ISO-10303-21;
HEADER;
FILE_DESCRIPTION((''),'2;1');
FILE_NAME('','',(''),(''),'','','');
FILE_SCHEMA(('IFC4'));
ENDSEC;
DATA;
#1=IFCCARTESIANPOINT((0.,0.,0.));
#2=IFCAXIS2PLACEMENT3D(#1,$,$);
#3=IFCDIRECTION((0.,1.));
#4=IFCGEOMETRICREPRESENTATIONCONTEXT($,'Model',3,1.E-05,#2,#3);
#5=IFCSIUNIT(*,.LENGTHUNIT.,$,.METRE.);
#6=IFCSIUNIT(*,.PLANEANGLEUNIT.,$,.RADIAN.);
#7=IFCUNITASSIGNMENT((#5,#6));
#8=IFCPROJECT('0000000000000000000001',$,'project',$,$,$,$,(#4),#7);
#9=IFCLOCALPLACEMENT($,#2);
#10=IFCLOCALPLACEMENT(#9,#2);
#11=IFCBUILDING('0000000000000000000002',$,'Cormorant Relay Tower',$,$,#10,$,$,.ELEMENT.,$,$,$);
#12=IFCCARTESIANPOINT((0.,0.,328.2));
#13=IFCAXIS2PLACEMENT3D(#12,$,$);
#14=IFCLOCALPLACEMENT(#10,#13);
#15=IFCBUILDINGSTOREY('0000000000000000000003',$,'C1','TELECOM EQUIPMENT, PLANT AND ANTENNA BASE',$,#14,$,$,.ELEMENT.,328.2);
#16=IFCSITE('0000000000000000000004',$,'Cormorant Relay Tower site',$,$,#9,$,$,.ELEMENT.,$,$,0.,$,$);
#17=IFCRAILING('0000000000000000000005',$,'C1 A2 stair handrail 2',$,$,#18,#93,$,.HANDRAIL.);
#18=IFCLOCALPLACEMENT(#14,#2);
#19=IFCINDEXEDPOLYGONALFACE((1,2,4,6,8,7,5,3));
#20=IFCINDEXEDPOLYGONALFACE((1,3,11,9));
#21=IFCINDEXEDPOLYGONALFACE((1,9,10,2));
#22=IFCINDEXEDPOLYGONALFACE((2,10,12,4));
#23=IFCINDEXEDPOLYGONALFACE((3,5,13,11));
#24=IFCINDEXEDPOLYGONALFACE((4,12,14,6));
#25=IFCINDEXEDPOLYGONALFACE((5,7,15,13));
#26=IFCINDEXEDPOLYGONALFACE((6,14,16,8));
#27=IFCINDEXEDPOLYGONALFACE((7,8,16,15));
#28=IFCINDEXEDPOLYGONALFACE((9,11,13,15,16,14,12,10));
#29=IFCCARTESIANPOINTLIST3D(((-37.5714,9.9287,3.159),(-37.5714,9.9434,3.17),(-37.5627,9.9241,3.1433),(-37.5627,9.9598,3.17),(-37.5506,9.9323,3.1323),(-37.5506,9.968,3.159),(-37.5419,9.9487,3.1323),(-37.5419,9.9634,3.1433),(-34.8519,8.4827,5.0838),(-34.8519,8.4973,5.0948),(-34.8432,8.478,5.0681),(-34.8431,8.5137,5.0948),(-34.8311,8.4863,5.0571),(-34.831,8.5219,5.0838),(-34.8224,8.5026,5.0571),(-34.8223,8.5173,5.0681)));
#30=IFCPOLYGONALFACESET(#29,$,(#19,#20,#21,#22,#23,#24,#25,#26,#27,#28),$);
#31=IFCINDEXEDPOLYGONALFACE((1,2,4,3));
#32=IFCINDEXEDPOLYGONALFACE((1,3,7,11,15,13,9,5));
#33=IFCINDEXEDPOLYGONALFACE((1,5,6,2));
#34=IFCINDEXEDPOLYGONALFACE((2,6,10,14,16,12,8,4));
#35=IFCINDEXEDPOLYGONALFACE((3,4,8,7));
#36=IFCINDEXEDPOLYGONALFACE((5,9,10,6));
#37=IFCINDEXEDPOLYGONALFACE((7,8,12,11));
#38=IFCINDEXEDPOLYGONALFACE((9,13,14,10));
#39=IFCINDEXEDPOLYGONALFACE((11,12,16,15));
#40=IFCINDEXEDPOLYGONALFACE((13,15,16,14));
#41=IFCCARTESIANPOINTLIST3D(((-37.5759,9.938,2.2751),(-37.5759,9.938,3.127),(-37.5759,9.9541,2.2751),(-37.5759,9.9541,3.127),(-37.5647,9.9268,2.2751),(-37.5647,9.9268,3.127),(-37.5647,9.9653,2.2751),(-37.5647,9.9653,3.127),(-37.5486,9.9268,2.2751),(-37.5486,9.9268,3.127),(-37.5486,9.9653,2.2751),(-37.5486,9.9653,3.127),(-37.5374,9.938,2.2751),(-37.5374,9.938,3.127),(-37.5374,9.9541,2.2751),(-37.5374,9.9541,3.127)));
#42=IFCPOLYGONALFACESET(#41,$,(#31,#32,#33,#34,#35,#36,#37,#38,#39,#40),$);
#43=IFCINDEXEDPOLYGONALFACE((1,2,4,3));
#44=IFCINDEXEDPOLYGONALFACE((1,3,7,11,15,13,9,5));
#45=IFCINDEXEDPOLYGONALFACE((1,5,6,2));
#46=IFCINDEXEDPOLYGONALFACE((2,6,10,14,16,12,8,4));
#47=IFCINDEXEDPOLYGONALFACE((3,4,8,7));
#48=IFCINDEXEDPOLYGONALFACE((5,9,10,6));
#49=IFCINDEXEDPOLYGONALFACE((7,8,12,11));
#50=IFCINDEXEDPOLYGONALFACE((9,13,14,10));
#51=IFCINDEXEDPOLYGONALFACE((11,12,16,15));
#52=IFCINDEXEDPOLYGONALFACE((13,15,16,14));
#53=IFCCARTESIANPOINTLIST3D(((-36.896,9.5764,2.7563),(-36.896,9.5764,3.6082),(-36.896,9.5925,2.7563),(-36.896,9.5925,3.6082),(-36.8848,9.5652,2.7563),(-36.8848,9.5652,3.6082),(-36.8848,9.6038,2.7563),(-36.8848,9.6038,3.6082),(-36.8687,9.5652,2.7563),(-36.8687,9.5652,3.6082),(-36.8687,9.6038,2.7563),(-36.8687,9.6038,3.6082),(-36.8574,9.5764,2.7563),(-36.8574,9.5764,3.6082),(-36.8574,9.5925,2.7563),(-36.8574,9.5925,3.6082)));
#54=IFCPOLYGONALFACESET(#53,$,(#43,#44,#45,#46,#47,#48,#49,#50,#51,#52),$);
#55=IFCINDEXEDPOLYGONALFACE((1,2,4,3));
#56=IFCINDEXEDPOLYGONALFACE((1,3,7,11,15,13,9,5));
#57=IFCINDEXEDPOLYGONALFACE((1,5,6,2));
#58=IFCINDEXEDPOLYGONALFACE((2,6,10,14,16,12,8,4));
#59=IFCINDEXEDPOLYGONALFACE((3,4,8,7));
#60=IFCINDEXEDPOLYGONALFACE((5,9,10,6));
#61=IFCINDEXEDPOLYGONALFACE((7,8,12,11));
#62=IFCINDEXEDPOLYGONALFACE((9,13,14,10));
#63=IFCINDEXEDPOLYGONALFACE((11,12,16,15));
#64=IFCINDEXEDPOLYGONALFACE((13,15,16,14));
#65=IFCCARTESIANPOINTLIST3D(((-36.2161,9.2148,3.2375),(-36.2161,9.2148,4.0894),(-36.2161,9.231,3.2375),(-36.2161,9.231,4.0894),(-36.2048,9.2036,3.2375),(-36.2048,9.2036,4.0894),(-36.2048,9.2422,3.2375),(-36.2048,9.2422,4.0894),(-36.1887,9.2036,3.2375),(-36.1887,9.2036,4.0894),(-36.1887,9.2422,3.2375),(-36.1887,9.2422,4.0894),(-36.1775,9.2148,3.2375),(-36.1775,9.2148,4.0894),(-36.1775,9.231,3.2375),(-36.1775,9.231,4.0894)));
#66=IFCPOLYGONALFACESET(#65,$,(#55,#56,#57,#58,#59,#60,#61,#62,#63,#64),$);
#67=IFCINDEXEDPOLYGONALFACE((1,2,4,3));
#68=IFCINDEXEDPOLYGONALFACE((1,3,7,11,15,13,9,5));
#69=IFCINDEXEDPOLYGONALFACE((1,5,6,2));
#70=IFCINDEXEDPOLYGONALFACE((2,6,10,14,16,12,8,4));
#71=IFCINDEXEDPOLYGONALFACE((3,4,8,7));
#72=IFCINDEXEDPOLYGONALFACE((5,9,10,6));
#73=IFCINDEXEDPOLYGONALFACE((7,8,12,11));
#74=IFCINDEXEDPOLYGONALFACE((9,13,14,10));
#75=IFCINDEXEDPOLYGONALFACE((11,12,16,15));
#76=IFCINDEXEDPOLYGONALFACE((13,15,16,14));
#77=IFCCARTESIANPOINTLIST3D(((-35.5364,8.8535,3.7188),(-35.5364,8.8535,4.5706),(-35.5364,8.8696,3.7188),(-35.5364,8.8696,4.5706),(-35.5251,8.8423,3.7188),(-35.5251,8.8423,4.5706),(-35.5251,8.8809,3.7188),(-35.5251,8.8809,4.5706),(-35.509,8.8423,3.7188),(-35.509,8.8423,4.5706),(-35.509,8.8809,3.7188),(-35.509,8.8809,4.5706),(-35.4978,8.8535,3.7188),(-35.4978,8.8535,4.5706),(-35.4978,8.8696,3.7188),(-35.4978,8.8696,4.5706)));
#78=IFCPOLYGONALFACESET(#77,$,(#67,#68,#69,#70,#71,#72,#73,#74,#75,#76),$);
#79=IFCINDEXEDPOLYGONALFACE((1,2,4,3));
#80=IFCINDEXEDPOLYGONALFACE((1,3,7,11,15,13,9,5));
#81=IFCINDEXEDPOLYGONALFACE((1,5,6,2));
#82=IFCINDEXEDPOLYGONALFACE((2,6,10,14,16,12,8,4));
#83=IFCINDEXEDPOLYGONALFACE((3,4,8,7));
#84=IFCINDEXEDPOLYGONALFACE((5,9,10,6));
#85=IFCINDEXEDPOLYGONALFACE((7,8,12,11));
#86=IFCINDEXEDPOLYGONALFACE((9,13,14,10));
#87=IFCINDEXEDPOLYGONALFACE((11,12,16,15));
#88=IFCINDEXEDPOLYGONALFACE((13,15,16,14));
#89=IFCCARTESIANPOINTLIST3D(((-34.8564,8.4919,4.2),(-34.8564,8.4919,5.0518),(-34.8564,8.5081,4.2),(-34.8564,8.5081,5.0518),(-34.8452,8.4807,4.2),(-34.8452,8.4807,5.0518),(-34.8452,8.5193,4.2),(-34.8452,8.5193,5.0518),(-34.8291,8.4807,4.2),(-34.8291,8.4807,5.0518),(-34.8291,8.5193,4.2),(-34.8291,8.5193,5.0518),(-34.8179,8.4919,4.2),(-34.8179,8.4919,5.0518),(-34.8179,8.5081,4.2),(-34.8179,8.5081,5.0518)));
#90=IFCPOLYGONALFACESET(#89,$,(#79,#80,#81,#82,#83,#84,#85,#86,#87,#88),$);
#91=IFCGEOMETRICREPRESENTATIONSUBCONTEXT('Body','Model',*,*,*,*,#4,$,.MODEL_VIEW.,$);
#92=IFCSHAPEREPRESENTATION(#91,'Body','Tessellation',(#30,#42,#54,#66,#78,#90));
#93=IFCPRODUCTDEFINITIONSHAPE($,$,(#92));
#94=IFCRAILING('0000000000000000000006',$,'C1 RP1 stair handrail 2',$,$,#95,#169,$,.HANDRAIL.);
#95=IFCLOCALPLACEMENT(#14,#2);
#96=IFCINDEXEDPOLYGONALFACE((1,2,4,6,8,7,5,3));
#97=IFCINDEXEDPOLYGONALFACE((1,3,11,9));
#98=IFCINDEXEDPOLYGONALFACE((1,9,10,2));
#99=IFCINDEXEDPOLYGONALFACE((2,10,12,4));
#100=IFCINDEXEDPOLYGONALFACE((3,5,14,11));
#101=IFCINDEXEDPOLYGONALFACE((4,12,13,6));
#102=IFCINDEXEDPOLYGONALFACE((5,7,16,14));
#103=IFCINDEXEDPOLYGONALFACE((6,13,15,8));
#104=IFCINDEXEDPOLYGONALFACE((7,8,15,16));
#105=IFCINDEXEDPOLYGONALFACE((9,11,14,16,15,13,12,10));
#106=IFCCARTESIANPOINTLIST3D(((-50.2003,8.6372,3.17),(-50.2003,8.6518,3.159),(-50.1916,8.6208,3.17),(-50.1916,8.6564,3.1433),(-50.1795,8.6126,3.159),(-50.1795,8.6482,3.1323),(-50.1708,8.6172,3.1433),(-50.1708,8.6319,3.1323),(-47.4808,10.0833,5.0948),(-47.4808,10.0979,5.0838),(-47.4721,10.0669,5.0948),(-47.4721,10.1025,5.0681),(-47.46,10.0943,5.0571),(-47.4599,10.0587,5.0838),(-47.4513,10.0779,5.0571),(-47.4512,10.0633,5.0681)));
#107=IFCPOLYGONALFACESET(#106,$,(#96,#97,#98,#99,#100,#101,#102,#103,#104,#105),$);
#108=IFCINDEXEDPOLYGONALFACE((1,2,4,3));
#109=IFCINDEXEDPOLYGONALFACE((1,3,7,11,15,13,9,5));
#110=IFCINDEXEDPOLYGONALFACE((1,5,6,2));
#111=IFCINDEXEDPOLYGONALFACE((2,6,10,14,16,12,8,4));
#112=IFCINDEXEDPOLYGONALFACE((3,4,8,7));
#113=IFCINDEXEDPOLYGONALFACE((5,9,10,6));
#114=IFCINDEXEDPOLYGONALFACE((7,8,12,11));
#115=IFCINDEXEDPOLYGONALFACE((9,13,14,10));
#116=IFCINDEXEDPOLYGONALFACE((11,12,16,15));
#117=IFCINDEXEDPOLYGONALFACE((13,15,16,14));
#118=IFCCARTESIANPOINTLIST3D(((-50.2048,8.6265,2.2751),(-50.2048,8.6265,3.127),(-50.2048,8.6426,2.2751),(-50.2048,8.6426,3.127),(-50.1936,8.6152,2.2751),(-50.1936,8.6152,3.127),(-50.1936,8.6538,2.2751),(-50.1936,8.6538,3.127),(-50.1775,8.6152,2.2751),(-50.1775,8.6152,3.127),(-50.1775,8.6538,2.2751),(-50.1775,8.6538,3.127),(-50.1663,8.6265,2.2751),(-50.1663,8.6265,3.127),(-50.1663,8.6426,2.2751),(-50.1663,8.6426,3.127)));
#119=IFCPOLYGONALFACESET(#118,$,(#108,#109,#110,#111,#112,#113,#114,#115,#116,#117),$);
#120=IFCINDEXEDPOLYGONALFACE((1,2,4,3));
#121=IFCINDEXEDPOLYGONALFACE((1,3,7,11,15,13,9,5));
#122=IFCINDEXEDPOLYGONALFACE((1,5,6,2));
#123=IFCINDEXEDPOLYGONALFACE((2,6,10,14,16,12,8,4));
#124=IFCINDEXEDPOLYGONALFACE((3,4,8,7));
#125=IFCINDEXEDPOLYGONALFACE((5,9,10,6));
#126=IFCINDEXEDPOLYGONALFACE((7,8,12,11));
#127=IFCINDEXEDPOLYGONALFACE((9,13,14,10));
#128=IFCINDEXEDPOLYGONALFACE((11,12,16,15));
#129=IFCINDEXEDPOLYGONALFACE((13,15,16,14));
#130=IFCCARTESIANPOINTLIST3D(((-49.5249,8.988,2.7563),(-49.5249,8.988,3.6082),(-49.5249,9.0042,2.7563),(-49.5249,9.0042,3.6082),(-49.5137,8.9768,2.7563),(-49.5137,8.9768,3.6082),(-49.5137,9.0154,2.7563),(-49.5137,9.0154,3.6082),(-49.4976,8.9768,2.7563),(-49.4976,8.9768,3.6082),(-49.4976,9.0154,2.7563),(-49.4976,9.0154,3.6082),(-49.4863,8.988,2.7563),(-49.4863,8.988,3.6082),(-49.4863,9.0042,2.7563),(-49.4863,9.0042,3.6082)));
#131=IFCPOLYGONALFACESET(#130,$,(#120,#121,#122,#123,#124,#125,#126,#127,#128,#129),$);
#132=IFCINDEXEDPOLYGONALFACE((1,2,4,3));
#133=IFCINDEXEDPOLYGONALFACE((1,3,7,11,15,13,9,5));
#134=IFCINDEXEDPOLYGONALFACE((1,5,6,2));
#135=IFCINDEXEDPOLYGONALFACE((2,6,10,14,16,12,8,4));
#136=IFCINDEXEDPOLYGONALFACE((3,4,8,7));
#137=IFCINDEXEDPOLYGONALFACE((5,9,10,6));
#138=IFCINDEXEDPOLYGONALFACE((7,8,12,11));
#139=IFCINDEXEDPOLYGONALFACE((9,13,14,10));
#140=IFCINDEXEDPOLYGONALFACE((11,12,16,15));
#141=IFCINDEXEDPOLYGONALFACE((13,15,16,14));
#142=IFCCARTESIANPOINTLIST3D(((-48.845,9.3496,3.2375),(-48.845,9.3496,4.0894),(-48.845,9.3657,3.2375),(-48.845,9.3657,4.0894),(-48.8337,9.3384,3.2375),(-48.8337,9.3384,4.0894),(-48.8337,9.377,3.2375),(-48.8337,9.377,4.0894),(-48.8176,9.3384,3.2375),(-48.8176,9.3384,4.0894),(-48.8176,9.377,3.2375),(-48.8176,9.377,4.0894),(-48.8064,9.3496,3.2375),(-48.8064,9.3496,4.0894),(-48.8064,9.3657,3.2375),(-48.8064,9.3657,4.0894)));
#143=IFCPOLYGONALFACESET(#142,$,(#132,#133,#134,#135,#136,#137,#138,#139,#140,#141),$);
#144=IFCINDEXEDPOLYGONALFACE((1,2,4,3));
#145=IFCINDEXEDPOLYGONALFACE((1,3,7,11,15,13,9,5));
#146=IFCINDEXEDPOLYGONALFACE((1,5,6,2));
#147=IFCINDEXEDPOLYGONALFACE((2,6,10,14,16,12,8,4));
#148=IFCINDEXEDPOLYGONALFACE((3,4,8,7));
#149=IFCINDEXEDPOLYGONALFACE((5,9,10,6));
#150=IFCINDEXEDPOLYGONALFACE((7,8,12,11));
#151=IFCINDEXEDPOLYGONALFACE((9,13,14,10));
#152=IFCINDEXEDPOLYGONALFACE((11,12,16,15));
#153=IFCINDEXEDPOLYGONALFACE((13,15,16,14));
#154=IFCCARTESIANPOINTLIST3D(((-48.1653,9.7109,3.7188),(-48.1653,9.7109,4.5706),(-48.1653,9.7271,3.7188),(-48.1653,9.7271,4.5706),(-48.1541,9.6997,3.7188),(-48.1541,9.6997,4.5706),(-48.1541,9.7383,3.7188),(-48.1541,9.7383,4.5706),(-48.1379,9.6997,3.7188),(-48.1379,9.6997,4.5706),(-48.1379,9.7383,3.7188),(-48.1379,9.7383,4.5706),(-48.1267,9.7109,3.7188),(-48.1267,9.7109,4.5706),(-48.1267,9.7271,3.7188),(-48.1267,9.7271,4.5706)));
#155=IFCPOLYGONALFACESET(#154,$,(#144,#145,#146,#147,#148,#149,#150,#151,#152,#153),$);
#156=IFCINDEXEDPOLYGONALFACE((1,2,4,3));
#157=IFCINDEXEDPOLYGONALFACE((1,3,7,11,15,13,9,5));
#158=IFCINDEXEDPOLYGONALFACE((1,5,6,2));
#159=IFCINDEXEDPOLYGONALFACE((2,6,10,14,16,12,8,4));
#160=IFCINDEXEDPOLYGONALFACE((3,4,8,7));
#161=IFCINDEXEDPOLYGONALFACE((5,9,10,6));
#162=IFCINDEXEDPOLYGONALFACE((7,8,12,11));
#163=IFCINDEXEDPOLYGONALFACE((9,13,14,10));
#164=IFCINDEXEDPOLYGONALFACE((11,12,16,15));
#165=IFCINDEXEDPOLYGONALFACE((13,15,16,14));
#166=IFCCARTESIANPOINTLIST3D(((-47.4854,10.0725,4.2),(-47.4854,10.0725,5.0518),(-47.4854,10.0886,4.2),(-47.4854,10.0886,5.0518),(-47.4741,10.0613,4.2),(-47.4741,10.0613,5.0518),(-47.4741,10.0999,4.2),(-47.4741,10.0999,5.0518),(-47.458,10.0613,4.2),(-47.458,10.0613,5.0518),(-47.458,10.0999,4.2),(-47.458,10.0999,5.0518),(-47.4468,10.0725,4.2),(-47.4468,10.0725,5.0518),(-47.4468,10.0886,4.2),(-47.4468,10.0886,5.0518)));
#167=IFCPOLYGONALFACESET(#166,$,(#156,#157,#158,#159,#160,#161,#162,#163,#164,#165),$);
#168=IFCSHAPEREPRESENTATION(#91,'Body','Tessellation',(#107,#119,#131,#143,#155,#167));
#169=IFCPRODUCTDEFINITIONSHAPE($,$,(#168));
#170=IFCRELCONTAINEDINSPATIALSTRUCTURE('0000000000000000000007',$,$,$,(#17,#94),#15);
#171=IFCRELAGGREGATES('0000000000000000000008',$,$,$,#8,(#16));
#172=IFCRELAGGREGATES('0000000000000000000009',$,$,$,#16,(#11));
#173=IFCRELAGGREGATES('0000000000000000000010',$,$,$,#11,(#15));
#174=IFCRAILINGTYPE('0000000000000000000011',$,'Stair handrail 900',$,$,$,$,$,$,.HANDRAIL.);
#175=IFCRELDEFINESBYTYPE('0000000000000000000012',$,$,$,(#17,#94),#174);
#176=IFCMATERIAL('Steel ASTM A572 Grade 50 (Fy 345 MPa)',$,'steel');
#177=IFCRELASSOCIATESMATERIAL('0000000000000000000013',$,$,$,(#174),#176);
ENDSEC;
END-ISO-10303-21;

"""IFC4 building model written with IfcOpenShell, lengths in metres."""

from ifc_helpers import new_model, si_unit, direction, frame, origin, place, context, subcontext, project, spatial, polyline, outline, extrude, material, type_object, element, save


model = new_model("IFC4")

# Units and contexts
model_context = context("Model", 3, precision=1e-05, world=origin(), true_north=direction((0.0, 1.0)))
body_context = subcontext(model_context, "Body", "Model", "MODEL_VIEW")
ifc_project = project(units=[si_unit("LENGTHUNIT", "METRE"), si_unit("PLANEANGLEUNIT", "RADIAN")], contexts=[model_context])

# Site, building, storey
site_placement = place(None, origin())
site = spatial("IfcSite", under=ifc_project, at=site_placement, Name="Cormorant Relay Tower site", CompositionType="ELEMENT", RefElevation=0.0)
building_placement = place(site_placement, origin())
building = spatial("IfcBuilding", under=site, at=building_placement, Name="Cormorant Relay Tower", CompositionType="ELEMENT")
storey_placement = place(building_placement, frame((0.0, 0.0, 328.2)))
storey = spatial("IfcBuildingStorey", under=building, at=storey_placement, Name="C1", Description="TELECOM EQUIPMENT, PLANT AND ANTENNA BASE", CompositionType="ELEMENT", Elevation=328.2)

# Railings
ifc_material_1 = material(Name="Steel ASTM A572 Grade 50 (Fy 345 MPa)", Category="steel")
railing_type_1 = type_object("IfcRailingType", Name="Stair handrail 900", PredefinedType="HANDRAIL", material=ifc_material_1)
railing_1_placement = place(storey_placement, frame((-37.5566, 9.946, 2.2751)))
element("IfcRailing", 1, at=railing_1_placement, inside=storey, type_object=railing_type_1, Name="C1 A2 stair handrail 2", PredefinedType="HANDRAIL", context=body_context, shape_type="SweptSolid", body=[
    extrude(outline(polyline([(0.0222, 0.0093), (0.0093, 0.0222), (-0.0093, 0.0222), (-0.0222, 0.0093), (-0.0222, -0.0093), (-0.0093, -0.0222), (0.0093, -0.0222), (0.0222, -0.0093), (0.0222, 0.0093)])), frame((0.0, 0.0, 0.876), z_axis=(0.748754, -0.398139, 0.529956), x_axis=(0.469489, 0.882938, 0.0)), (0.0, 0.0, 1.0), 3.6321),
    extrude(outline(polyline([(0.0193, 0.0081), (0.0081, 0.0193), (-0.0081, 0.0193), (-0.0193, 0.0081), (-0.0193, -0.0081), (-0.0081, -0.0193), (0.0081, -0.0193), (0.0193, -0.0081), (0.0193, 0.0081)])), origin(), (0.0, 0.0, 1.0), 0.8518),
    extrude(outline(polyline([(0.0193, 0.0081), (0.0081, 0.0193), (-0.0081, 0.0193), (-0.0193, 0.0081), (-0.0193, -0.0081), (-0.0081, -0.0193), (0.0081, -0.0193), (0.0193, -0.0081), (0.0193, 0.0081)])), frame((0.6799, -0.3616, 0.4812)), (0.0, 0.0, 1.0), 0.8518),
    extrude(outline(polyline([(0.0193, 0.0081), (0.0081, 0.0193), (-0.0081, 0.0193), (-0.0193, 0.0081), (-0.0193, -0.0081), (-0.0081, -0.0193), (0.0081, -0.0193), (0.0193, -0.0081), (0.0193, 0.0081)])), frame((1.3599, -0.7231, 0.9624)), (0.0, 0.0, 1.0), 0.8518),
    extrude(outline(polyline([(0.0193, 0.0081), (0.0081, 0.0193), (-0.0081, 0.0193), (-0.0193, 0.0081), (-0.0193, -0.0081), (-0.0081, -0.0193), (0.0081, -0.0193), (0.0193, -0.0081), (0.0193, 0.0081)])), frame((2.0396, -1.0845, 1.4436)), (0.0, 0.0, 1.0), 0.8518),
    extrude(outline(polyline([(0.0193, 0.0081), (0.0081, 0.0193), (-0.0081, 0.0193), (-0.0193, 0.0081), (-0.0193, -0.0081), (-0.0081, -0.0193), (0.0081, -0.0193), (0.0193, -0.0081), (0.0193, 0.0081)])), frame((2.7195, -1.446, 1.9248)), (0.0, 0.0, 1.0), 0.8518),
])
railing_2_placement = place(storey_placement, frame((-50.1855, 8.6345, 2.2751)))
element("IfcRailing", 2, at=railing_2_placement, inside=storey, type_object=railing_type_1, Name="C1 RP1 stair handrail 2", PredefinedType="HANDRAIL", context=body_context, shape_type="SweptSolid", body=[
    extrude(outline(polyline([(0.0222, 0.0093), (0.0093, 0.0222), (-0.0093, 0.0222), (-0.0222, 0.0093), (-0.0222, -0.0093), (-0.0093, -0.0222), (0.0093, -0.0222), (0.0222, -0.0093), (0.0222, 0.0093)])), frame((0.0, 0.0, 0.876), z_axis=(0.748754, 0.398139, 0.529956), x_axis=(-0.469489, 0.882938, 0.0)), (0.0, 0.0, 1.0), 3.6321),
    extrude(outline(polyline([(0.0193, 0.0081), (0.0081, 0.0193), (-0.0081, 0.0193), (-0.0193, 0.0081), (-0.0193, -0.0081), (-0.0081, -0.0193), (0.0081, -0.0193), (0.0193, -0.0081), (0.0193, 0.0081)])), origin(), (0.0, 0.0, 1.0), 0.8518),
    extrude(outline(polyline([(0.0193, 0.0081), (0.0081, 0.0193), (-0.0081, 0.0193), (-0.0193, 0.0081), (-0.0193, -0.0081), (-0.0081, -0.0193), (0.0081, -0.0193), (0.0193, -0.0081), (0.0193, 0.0081)])), frame((0.6799, 0.3616, 0.4812)), (0.0, 0.0, 1.0), 0.8518),
    extrude(outline(polyline([(0.0193, 0.0081), (0.0081, 0.0193), (-0.0081, 0.0193), (-0.0193, 0.0081), (-0.0193, -0.0081), (-0.0081, -0.0193), (0.0081, -0.0193), (0.0193, -0.0081), (0.0193, 0.0081)])), frame((1.3599, 0.7231, 0.9624)), (0.0, 0.0, 1.0), 0.8518),
    extrude(outline(polyline([(0.0193, 0.0081), (0.0081, 0.0193), (-0.0081, 0.0193), (-0.0193, 0.0081), (-0.0193, -0.0081), (-0.0081, -0.0193), (0.0081, -0.0193), (0.0193, -0.0081), (0.0193, 0.0081)])), frame((2.0396, 1.0845, 1.4436)), (0.0, 0.0, 1.0), 0.8518),
    extrude(outline(polyline([(0.0193, 0.0081), (0.0081, 0.0193), (-0.0081, 0.0193), (-0.0193, 0.0081), (-0.0193, -0.0081), (-0.0081, -0.0193), (0.0081, -0.0193), (0.0193, -0.0081), (0.0193, 0.0081)])), frame((2.7195, 1.446, 1.9248)), (0.0, 0.0, 1.0), 0.8518),
])

save(model, "model.ifc")
